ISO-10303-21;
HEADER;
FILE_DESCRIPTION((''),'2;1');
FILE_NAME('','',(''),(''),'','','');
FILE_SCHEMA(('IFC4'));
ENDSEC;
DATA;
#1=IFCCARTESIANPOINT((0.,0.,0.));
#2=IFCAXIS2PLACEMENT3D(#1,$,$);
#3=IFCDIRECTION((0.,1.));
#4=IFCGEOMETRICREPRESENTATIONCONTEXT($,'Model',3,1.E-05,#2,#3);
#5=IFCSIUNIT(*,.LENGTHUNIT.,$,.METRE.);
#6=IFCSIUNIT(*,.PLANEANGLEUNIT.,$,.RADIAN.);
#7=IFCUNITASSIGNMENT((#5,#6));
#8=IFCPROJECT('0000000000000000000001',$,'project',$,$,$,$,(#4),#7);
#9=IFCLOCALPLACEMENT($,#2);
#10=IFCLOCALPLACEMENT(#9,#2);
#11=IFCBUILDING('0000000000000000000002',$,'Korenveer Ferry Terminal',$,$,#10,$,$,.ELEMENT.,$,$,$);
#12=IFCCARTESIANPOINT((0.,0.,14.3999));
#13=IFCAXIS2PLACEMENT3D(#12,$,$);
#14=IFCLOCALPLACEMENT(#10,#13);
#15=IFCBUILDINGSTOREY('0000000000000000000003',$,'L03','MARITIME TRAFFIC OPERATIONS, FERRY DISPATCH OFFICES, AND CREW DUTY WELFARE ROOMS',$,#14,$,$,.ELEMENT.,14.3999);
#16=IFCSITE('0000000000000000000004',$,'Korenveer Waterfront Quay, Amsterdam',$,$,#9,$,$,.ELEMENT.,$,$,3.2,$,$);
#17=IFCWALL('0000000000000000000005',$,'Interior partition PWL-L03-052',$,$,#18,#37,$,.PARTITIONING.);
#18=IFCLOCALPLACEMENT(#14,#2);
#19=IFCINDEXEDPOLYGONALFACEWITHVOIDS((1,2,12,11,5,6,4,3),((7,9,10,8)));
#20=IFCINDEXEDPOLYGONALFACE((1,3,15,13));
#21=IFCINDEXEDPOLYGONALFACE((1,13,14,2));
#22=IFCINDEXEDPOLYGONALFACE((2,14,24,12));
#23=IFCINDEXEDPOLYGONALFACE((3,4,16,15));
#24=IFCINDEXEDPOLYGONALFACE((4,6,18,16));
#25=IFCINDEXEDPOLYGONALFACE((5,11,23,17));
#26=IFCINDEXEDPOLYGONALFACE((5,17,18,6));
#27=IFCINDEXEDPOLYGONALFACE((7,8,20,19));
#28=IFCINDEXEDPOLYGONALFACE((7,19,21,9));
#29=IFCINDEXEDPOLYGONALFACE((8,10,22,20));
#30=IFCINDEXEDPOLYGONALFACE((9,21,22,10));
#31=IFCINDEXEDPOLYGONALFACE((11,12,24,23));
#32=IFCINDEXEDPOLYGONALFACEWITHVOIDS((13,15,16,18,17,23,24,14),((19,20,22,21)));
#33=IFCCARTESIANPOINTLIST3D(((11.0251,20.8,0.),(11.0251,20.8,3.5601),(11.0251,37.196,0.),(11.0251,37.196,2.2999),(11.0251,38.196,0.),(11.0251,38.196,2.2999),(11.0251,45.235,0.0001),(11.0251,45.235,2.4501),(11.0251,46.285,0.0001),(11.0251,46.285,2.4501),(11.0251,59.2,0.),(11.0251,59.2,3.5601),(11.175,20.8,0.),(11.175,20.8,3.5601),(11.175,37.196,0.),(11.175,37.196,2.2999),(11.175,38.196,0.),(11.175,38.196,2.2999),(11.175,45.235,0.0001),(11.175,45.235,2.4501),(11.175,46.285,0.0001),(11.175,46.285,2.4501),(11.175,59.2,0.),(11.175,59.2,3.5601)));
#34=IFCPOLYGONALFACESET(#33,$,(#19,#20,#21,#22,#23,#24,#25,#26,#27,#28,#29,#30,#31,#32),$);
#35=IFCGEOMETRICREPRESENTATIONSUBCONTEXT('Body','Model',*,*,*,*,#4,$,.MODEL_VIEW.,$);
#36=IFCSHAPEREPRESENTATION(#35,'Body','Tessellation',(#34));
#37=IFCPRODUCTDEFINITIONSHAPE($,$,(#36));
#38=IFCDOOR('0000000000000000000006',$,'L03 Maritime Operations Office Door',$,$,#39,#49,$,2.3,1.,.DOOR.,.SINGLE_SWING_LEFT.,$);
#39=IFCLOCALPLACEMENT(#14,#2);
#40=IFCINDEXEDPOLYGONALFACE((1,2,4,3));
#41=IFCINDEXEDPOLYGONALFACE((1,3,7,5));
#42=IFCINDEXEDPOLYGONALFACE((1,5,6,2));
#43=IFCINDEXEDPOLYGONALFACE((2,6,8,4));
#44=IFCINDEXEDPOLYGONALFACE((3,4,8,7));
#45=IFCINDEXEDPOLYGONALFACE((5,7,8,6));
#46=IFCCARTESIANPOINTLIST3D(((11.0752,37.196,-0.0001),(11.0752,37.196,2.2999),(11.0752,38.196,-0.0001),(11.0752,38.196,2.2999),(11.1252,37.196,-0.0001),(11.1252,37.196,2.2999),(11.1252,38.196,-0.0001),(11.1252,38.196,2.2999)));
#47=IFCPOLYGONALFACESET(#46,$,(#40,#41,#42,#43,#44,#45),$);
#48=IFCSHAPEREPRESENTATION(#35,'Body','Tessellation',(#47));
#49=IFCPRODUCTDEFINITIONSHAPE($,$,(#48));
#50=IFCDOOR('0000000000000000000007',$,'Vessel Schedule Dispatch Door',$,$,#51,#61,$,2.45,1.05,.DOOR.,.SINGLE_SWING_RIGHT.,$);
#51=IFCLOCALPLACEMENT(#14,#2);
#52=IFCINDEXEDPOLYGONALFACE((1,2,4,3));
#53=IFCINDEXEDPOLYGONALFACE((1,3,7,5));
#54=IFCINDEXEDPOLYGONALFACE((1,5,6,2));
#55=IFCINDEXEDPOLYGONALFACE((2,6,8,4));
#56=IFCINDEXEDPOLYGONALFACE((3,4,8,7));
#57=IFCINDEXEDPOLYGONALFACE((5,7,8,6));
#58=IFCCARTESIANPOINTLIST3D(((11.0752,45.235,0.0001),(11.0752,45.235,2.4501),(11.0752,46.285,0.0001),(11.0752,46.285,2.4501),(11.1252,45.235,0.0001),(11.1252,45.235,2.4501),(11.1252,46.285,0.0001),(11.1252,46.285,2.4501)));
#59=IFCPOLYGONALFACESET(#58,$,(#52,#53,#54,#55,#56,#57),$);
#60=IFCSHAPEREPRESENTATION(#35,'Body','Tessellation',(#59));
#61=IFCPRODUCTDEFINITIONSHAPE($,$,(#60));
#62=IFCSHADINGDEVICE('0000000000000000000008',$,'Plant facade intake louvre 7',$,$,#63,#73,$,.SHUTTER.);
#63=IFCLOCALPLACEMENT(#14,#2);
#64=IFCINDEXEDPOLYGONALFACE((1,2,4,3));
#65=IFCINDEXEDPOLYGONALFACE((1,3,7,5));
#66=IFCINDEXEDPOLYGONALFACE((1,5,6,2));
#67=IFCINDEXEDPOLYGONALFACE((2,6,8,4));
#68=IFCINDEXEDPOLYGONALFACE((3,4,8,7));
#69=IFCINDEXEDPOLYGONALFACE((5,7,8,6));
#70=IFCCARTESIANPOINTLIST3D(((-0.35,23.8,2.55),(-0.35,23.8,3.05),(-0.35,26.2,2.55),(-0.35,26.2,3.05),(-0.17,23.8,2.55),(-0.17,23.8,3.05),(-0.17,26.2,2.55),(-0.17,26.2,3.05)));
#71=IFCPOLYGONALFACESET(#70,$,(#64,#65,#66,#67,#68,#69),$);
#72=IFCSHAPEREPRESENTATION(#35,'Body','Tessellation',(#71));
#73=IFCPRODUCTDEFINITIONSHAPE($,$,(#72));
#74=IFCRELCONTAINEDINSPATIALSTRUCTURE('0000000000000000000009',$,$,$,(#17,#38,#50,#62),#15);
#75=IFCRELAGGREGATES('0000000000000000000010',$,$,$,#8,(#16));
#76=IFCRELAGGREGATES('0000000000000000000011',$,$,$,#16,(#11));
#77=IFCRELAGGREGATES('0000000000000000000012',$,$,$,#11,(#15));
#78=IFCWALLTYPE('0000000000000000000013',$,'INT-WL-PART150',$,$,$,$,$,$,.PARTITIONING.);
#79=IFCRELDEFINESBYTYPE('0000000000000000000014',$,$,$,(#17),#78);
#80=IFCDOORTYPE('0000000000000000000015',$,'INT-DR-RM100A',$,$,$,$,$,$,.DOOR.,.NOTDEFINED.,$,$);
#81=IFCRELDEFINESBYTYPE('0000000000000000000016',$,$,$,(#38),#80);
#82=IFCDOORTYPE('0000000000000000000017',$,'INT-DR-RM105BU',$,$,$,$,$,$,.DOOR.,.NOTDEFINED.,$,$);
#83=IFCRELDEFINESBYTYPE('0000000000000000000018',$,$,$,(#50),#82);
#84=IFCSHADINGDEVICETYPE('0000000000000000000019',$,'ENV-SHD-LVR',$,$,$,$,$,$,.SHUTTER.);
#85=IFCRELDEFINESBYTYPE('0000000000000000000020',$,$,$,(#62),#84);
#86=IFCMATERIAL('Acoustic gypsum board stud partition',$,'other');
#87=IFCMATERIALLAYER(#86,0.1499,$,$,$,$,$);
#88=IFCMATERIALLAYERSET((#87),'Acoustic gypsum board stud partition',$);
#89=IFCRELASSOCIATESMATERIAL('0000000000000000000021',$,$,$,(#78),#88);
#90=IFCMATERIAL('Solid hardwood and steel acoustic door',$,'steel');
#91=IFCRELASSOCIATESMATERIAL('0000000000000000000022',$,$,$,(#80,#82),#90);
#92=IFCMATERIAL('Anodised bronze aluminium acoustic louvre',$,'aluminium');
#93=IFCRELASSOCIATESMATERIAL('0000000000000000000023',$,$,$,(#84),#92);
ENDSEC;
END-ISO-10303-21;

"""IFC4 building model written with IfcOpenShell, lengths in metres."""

from ifc_helpers import new_model, si_unit, direction, frame, frame_2d, origin, origin_2d, place, context, subcontext, project, spatial, rectangle, extrude, material, layer, layer_set, type_object, element, fill, save


model = new_model("IFC4")

# Units and contexts
model_context = context("Model", 3, precision=1e-05, world=origin(), true_north=direction((0.0, 1.0)))
body_context = subcontext(model_context, "Body", "Model", "MODEL_VIEW")
ifc_project = project(units=[si_unit("LENGTHUNIT", "METRE"), si_unit("PLANEANGLEUNIT", "RADIAN")], contexts=[model_context])

# Site, building, storey
site_placement = place(None, origin())
site = spatial("IfcSite", under=ifc_project, at=site_placement, Name="Korenveer Waterfront Quay, Amsterdam", CompositionType="ELEMENT", RefElevation=3.2)
building_placement = place(site_placement, origin())
building = spatial("IfcBuilding", under=site, at=building_placement, Name="Korenveer Ferry Terminal", CompositionType="ELEMENT")
storey_placement = place(building_placement, frame((0.0, 0.0, 14.3999)))
storey = spatial("IfcBuildingStorey", under=building, at=storey_placement, Name="L03", Description="MARITIME TRAFFIC OPERATIONS, FERRY DISPATCH OFFICES, AND CREW DUTY WELFARE ROOMS", CompositionType="ELEMENT", Elevation=14.3999)

# Shared definitions
ifc_material_1 = material(Name="Solid hardwood and steel acoustic door", Category="steel")

# Wall, openings, doors
ifc_material_2 = material(Name="Acoustic gypsum board stud partition", Category="other")
ifc_layer_1 = layer(ifc_material_2, 0.1499)
ifc_layer_set_1 = layer_set([ifc_layer_1], Name="Acoustic gypsum board stud partition")
wall_type_1 = type_object("IfcWallType", Name="INT-WL-PART150", PredefinedType="PARTITIONING", material=ifc_layer_set_1)
wall_1_placement = place(storey_placement, frame((11.1001, 20.8, 0.0), z_axis=(0.0, 0.0, 1.0), x_axis=(0.0, 1.0, 0.0)))
wall_1 = element("IfcWall", 1, at=wall_1_placement, inside=storey, type_object=wall_type_1, Name="Interior partition PWL-L03-052", PredefinedType="PARTITIONING", context=body_context, shape_type="SweptSolid", body=[
    extrude(rectangle(XDim=38.3999, YDim=0.1499, at=frame_2d((19.2, 0.0))), origin(), (0.0, 0.0, 1.0), 3.5601),
])
opening_1_placement = place(wall_1_placement, frame((16.396, 0.0, 0.0)))
opening_1 = element("IfcOpeningElement", 2, at=opening_1_placement, cuts=wall_1, PredefinedType="OPENING", context=body_context, shape_type="SweptSolid", body=[
    extrude(rectangle(XDim=1.0, YDim=2.3, at=frame_2d((0.5, 1.1499))), frame((0.0, 0.085, 0.0), z_axis=(0.0, -1.0, 0.0), x_axis=(1.0, 0.0, 0.0)), (0.0, 0.0, 1.0), 0.1699),
])
opening_2_placement = place(wall_1_placement, frame((24.4351, 0.0, 0.0)))
opening_2 = element("IfcOpeningElement", 3, at=opening_2_placement, cuts=wall_1, PredefinedType="OPENING", context=body_context, shape_type="SweptSolid", body=[
    extrude(rectangle(XDim=1.05, YDim=2.45, at=frame_2d((0.5249, 1.2251))), frame((0.0, 0.085, 0.0), z_axis=(0.0, -1.0, 0.0), x_axis=(1.0, 0.0, 0.0)), (0.0, 0.0, 1.0), 0.1699),
])
door_type_1 = type_object("IfcDoorType", Name="INT-DR-RM100A", OperationType="NOTDEFINED", PredefinedType="DOOR", material=ifc_material_1)
door_1_placement = place(opening_1_placement, origin())
door_1 = element("IfcDoor", 4, at=door_1_placement, inside=storey, type_object=door_type_1, Name="L03 Maritime Operations Office Door", OperationType="SINGLE_SWING_LEFT", OverallHeight=2.3, OverallWidth=1.0, PredefinedType="DOOR", context=body_context, shape_type="SweptSolid", body=[
    extrude(rectangle(XDim=1.0, YDim=2.3, at=frame_2d((0.5, 1.1499))), frame((0.0, 0.0249, 0.0), z_axis=(0.0, -1.0, 0.0), x_axis=(1.0, 0.0, 0.0)), (0.0, 0.0, 1.0), 0.05),
])
fill(opening_1, door_1)
door_type_2 = type_object("IfcDoorType", Name="INT-DR-RM105BU", OperationType="NOTDEFINED", PredefinedType="DOOR", material=ifc_material_1)
door_2_placement = place(opening_2_placement, origin())
door_2 = element("IfcDoor", 5, at=door_2_placement, inside=storey, type_object=door_type_2, Name="Vessel Schedule Dispatch Door", OperationType="SINGLE_SWING_RIGHT", OverallHeight=2.45, OverallWidth=1.05, PredefinedType="DOOR", context=body_context, shape_type="SweptSolid", body=[
    extrude(rectangle(XDim=1.05, YDim=2.45, at=frame_2d((0.5249, 1.2251))), frame((0.0, 0.0249, 0.0), z_axis=(0.0, -1.0, 0.0), x_axis=(1.0, 0.0, 0.0)), (0.0, 0.0, 1.0), 0.05),
])
fill(opening_2, door_2)

# Shading device
ifc_material_3 = material(Name="Anodised bronze aluminium acoustic louvre", Category="aluminium")
shading_device_type = type_object("IfcShadingDeviceType", Name="ENV-SHD-LVR", PredefinedType="SHUTTER", material=ifc_material_3)
shading_device_placement = place(storey_placement, frame((-0.26, 25.0, 2.55), z_axis=(0.0, 0.0, 1.0), x_axis=(0.0, 1.0, 0.0)))
element("IfcShadingDevice", 6, at=shading_device_placement, inside=storey, type_object=shading_device_type, Name="Plant facade intake louvre 7", PredefinedType="SHUTTER", context=body_context, shape_type="SweptSolid", body=[
    extrude(rectangle(XDim=2.3999, YDim=0.1799, at=origin_2d()), origin(), (0.0, 0.0, 1.0), 0.5),
])

save(model, "model.ifc")
